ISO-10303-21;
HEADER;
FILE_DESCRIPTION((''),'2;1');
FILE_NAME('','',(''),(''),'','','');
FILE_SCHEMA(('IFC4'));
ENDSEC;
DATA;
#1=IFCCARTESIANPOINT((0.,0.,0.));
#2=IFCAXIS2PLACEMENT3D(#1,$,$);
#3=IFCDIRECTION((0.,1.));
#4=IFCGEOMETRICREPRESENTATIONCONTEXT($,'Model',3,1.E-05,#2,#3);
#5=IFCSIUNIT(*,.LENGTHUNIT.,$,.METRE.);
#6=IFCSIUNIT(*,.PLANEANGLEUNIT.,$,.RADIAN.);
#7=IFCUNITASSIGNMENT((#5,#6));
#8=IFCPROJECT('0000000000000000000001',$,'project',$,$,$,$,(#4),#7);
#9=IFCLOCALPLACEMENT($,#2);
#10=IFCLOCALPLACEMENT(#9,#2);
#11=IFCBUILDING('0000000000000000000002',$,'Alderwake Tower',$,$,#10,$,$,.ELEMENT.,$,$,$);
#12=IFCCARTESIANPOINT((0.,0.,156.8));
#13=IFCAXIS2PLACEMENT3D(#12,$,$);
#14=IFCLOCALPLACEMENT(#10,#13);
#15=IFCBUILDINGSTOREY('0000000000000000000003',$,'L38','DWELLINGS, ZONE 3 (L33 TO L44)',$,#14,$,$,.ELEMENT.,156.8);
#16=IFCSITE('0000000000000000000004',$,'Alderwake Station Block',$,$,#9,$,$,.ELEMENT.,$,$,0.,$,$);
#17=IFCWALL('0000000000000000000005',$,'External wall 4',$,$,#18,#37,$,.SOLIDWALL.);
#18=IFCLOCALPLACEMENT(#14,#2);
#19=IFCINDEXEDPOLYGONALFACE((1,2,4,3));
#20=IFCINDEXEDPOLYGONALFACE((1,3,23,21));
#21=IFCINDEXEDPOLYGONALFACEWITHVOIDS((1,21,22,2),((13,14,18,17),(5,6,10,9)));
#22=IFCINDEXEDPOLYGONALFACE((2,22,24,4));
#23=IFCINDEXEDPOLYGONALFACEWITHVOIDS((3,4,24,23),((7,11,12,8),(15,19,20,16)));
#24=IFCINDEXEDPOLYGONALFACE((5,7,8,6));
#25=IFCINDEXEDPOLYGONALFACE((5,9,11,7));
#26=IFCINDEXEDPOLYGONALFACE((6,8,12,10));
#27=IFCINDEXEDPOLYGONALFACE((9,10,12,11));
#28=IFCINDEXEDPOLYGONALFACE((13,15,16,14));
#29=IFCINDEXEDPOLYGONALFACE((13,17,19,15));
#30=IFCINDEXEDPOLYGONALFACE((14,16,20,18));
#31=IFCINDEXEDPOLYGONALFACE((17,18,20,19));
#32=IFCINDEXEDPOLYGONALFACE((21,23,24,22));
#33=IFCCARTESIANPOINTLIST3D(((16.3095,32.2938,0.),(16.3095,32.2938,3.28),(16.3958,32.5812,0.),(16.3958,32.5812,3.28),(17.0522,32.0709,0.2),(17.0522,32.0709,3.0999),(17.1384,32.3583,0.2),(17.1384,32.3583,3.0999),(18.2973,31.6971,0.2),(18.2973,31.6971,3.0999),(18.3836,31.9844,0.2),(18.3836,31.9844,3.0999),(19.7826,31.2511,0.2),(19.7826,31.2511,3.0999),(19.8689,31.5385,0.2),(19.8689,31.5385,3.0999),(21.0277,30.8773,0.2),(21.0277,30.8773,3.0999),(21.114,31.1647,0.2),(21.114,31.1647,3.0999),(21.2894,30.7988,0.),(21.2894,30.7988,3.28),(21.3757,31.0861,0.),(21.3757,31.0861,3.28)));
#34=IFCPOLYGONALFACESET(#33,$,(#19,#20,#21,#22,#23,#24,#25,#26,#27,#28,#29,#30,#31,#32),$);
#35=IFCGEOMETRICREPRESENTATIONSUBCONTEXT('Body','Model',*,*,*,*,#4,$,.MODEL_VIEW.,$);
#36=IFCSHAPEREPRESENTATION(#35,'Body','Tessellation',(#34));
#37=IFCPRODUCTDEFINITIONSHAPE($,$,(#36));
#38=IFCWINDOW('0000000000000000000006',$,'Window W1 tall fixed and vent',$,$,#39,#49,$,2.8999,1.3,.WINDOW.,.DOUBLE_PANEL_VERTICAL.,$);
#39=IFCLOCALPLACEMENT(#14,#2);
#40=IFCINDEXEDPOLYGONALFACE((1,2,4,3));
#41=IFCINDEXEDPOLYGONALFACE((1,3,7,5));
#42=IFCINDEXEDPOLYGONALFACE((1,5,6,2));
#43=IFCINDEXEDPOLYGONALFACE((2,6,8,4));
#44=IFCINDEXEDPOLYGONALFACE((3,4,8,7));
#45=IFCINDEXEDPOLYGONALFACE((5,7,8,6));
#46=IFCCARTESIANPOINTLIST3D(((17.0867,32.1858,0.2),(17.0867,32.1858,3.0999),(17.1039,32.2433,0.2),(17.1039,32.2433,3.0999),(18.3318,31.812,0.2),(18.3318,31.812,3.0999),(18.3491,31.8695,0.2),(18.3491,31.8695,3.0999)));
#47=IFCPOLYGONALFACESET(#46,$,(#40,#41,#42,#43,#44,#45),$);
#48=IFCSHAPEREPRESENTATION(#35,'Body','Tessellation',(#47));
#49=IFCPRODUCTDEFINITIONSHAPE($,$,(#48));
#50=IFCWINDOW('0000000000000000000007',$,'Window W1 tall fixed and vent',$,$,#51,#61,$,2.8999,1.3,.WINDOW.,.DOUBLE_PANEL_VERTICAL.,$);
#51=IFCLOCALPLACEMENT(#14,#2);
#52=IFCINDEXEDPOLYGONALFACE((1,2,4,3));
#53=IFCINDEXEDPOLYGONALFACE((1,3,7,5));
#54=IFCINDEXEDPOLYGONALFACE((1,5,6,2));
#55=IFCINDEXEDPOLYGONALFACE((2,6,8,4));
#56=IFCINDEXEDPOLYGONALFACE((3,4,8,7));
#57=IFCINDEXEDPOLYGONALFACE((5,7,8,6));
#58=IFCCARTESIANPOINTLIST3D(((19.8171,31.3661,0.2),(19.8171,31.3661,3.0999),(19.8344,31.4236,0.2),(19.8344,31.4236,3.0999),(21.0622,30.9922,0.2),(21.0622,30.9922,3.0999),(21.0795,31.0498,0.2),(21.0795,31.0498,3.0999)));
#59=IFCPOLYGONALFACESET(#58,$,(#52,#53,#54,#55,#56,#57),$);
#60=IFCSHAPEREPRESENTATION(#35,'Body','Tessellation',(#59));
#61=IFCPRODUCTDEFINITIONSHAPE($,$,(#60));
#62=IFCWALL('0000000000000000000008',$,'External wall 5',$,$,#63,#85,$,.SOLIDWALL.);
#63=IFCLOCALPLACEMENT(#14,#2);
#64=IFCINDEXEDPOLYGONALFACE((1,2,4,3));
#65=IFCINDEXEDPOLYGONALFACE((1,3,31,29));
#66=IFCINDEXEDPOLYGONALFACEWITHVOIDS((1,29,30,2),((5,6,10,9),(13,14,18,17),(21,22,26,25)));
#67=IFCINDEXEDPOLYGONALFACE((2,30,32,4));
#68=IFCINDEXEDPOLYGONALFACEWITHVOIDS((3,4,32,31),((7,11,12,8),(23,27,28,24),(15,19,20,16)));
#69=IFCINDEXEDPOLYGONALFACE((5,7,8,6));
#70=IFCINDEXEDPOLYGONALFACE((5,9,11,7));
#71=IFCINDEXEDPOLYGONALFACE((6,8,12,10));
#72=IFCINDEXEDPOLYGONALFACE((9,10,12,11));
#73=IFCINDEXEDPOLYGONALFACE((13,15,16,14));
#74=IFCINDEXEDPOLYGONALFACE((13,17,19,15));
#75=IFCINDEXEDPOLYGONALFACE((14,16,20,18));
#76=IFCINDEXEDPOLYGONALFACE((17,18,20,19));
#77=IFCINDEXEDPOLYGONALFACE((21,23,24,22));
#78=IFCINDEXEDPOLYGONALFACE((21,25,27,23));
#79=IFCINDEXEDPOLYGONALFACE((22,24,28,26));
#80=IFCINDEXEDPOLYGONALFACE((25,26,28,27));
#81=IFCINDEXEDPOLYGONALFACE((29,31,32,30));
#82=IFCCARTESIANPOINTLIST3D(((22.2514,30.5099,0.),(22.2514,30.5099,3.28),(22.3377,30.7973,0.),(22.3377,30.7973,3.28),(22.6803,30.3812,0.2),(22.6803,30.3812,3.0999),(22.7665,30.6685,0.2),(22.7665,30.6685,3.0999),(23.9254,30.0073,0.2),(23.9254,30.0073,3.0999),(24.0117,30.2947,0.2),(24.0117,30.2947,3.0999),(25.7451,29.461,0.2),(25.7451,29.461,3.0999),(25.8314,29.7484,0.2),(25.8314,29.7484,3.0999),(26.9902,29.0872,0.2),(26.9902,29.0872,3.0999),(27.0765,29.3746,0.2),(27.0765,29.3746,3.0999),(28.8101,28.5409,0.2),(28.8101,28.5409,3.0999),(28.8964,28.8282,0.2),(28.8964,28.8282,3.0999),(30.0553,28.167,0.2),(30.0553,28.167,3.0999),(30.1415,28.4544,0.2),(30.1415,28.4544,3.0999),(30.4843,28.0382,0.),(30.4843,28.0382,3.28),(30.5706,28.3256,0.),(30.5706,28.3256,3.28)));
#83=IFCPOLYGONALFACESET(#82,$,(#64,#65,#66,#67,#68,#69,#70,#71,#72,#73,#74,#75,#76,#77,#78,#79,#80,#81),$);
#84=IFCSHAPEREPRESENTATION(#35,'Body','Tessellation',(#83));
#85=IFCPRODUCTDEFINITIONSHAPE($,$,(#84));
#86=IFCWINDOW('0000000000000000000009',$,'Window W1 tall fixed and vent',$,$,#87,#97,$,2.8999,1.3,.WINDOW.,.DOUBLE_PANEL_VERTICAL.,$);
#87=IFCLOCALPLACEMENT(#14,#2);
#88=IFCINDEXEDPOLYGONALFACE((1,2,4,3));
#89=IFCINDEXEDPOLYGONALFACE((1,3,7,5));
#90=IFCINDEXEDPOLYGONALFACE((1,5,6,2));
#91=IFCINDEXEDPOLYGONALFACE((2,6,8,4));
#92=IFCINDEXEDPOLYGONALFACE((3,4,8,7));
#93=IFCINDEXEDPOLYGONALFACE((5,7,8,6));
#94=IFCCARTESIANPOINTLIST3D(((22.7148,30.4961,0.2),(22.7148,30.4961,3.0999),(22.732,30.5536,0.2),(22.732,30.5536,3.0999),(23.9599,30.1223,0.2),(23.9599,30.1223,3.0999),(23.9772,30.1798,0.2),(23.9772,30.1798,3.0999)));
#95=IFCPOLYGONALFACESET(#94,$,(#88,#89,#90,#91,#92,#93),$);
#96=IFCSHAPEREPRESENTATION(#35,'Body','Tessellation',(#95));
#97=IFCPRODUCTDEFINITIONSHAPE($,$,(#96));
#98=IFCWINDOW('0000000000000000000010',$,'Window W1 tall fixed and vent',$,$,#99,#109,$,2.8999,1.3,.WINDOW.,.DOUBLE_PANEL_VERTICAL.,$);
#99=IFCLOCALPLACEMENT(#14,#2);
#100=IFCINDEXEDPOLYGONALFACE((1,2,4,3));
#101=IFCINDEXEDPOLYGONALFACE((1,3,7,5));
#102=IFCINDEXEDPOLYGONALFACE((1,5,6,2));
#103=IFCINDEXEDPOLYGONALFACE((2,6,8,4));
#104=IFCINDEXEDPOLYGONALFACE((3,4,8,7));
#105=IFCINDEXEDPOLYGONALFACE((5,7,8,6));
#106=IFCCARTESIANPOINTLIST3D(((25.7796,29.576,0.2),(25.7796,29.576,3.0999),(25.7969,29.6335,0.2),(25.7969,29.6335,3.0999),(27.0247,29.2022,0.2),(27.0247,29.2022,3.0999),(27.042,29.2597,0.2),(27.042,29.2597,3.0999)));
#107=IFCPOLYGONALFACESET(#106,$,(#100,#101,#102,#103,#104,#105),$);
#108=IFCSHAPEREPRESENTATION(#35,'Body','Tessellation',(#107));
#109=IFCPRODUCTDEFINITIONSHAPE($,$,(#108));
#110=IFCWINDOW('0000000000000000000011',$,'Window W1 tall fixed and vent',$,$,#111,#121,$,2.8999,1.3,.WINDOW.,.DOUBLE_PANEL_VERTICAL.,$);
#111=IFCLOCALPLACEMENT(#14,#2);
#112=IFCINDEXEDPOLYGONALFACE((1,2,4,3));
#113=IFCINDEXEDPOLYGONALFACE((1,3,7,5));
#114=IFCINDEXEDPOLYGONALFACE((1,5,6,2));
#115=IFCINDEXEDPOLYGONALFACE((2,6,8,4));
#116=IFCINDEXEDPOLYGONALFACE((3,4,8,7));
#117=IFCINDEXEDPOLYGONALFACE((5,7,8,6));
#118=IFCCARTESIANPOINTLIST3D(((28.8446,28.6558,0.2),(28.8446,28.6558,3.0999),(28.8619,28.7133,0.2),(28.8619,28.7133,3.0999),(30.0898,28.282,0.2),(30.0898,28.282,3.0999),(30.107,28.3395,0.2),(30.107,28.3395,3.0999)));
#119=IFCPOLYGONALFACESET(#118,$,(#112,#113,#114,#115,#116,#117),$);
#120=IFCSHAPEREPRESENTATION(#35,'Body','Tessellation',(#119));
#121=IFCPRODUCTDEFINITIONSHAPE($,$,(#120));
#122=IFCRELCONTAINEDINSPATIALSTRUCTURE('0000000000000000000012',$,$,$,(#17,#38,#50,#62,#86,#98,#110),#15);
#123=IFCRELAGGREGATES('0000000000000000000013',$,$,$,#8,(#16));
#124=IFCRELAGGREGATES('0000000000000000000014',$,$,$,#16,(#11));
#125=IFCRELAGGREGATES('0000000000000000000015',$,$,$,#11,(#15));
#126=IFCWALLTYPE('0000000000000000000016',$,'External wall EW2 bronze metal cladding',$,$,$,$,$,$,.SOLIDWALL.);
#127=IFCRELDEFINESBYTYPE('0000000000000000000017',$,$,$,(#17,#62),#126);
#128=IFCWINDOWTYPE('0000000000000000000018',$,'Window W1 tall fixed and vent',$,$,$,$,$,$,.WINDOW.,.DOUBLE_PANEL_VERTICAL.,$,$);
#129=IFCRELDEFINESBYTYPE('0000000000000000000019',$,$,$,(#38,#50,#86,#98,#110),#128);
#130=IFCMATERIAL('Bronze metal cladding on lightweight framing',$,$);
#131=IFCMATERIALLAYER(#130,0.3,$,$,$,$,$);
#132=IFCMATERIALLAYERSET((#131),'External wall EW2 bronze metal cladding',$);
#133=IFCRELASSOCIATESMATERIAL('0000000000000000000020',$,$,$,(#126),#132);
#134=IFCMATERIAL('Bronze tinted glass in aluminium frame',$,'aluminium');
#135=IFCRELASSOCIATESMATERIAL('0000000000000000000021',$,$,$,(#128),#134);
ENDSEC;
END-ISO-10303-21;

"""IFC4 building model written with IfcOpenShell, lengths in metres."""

from ifc_helpers import new_model, si_unit, direction, frame, frame_2d, origin, place, context, subcontext, project, spatial, rectangle, extrude, material, layer, layer_set, type_object, element, fill, save


model = new_model("IFC4")

# Units and contexts
model_context = context("Model", 3, precision=1e-05, world=origin(), true_north=direction((0.0, 1.0)))
body_context = subcontext(model_context, "Body", "Model", "MODEL_VIEW")
ifc_project = project(units=[si_unit("LENGTHUNIT", "METRE"), si_unit("PLANEANGLEUNIT", "RADIAN")], contexts=[model_context])

# Site, building, storey
site_placement = place(None, origin())
site = spatial("IfcSite", under=ifc_project, at=site_placement, Name="Alderwake Station Block", CompositionType="ELEMENT", RefElevation=0.0)
building_placement = place(site_placement, origin())
building = spatial("IfcBuilding", under=site, at=building_placement, Name="Alderwake Tower", CompositionType="ELEMENT")
storey_placement = place(building_placement, frame((0.0, 0.0, 156.8)))
storey = spatial("IfcBuildingStorey", under=building, at=storey_placement, Name="L38", Description="DWELLINGS, ZONE 3 (L33 TO L44)", CompositionType="ELEMENT", Elevation=156.8)

# Walls, openings, windows
ifc_material_1 = material(Name="Bronze metal cladding on lightweight framing")
ifc_layer_1 = layer(ifc_material_1, 0.3)
ifc_layer_set_1 = layer_set([ifc_layer_1], Name="External wall EW2 bronze metal cladding")
wall_type_1 = type_object("IfcWallType", Name="External wall EW2 bronze metal cladding", PredefinedType="SOLIDWALL", material=ifc_layer_set_1)
wall_1_placement = place(storey_placement, frame((16.3528, 32.4375, 0.0), z_axis=(0.0, 0.0, 1.0), x_axis=(0.957767, -0.287546, 0.0)))
wall_1 = element("IfcWall", 1, at=wall_1_placement, inside=storey, type_object=wall_type_1, Name="External wall 4", PredefinedType="SOLIDWALL", context=body_context, shape_type="SweptSolid", body=[
    extrude(rectangle(XDim=5.1995, YDim=0.3, at=frame_2d((2.5996, 0.0))), origin(), (0.0, 0.0, 1.0), 3.28),
])
opening_1_placement = place(wall_1_placement, frame((0.7754, 0.0, 0.2)))
opening_1 = element("IfcOpeningElement", 2, at=opening_1_placement, cuts=wall_1, PredefinedType="OPENING", context=body_context, shape_type="SweptSolid", body=[
    extrude(rectangle(XDim=1.3, YDim=2.8999, at=frame_2d((0.6499, 1.45))), frame((0.0, 0.1599, 0.0), z_axis=(0.0, -1.0, 0.0), x_axis=(1.0, 0.0, 0.0)), (0.0, 0.0, 1.0), 0.3201),
])
opening_2_placement = place(wall_1_placement, frame((3.6262, 0.0, 0.2)))
opening_2 = element("IfcOpeningElement", 3, at=opening_2_placement, cuts=wall_1, PredefinedType="OPENING", context=body_context, shape_type="SweptSolid", body=[
    extrude(rectangle(XDim=1.3, YDim=2.8999, at=frame_2d((0.6499, 1.45))), frame((0.0, 0.1599, 0.0), z_axis=(0.0, -1.0, 0.0), x_axis=(1.0, 0.0, 0.0)), (0.0, 0.0, 1.0), 0.3201),
])
ifc_material_2 = material(Name="Bronze tinted glass in aluminium frame", Category="aluminium")
window_type_1 = type_object("IfcWindowType", Name="Window W1 tall fixed and vent", PartitioningType="DOUBLE_PANEL_VERTICAL", PredefinedType="WINDOW", material=ifc_material_2)
window_1_placement = place(opening_1_placement, origin())
window_1 = element("IfcWindow", 4, at=window_1_placement, inside=storey, type_object=window_type_1, Name="Window W1 tall fixed and vent", OverallHeight=2.8999, OverallWidth=1.3, PartitioningType="DOUBLE_PANEL_VERTICAL", PredefinedType="WINDOW", context=body_context, shape_type="SweptSolid", body=[
    extrude(rectangle(XDim=1.3, YDim=2.8999, at=frame_2d((0.6499, 1.45))), frame((0.0, 0.03, 0.0), z_axis=(0.0, -1.0, 0.0), x_axis=(1.0, 0.0, 0.0)), (0.0, 0.0, 1.0), 0.0601),
])
fill(opening_1, window_1)
window_2_placement = place(opening_2_placement, origin())
window_2 = element("IfcWindow", 5, at=window_2_placement, inside=storey, type_object=window_type_1, Name="Window W1 tall fixed and vent", OverallHeight=2.8999, OverallWidth=1.3, PartitioningType="DOUBLE_PANEL_VERTICAL", PredefinedType="WINDOW", context=body_context, shape_type="SweptSolid", body=[
    extrude(rectangle(XDim=1.3, YDim=2.8999, at=frame_2d((0.6499, 1.45))), frame((0.0, 0.03, 0.0), z_axis=(0.0, -1.0, 0.0), x_axis=(1.0, 0.0, 0.0)), (0.0, 0.0, 1.0), 0.0601),
])
fill(opening_2, window_2)
wall_2_placement = place(storey_placement, frame((22.2947, 30.6536, 0.0), z_axis=(0.0, 0.0, 1.0), x_axis=(0.957768, -0.287541, 0.0)))
wall_2 = element("IfcWall", 6, at=wall_2_placement, inside=storey, type_object=wall_type_1, Name="External wall 5", PredefinedType="SOLIDWALL", context=body_context, shape_type="SweptSolid", body=[
    extrude(rectangle(XDim=8.5959, YDim=0.3, at=frame_2d((4.2979, 0.0))), origin(), (0.0, 0.0, 1.0), 3.28),
])
opening_3_placement = place(wall_2_placement, frame((0.4478, 0.0, 0.2)))
opening_3 = element("IfcOpeningElement", 7, at=opening_3_placement, cuts=wall_2, PredefinedType="OPENING", context=body_context, shape_type="SweptSolid", body=[
    extrude(rectangle(XDim=1.3, YDim=2.8999, at=frame_2d((0.6499, 1.45))), frame((0.0, 0.1599, 0.0), z_axis=(0.0, -1.0, 0.0), x_axis=(1.0, 0.0, 0.0)), (0.0, 0.0, 1.0), 0.3201),
])
opening_4_placement = place(wall_2_placement, frame((3.6477, 0.0, 0.2)))
opening_4 = element("IfcOpeningElement", 8, at=opening_4_placement, cuts=wall_2, PredefinedType="OPENING", context=body_context, shape_type="SweptSolid", body=[
    extrude(rectangle(XDim=1.3, YDim=2.8999, at=frame_2d((0.6499, 1.45))), frame((0.0, 0.1599, 0.0), z_axis=(0.0, -1.0, 0.0), x_axis=(1.0, 0.0, 0.0)), (0.0, 0.0, 1.0), 0.3201),
])
opening_5_placement = place(wall_2_placement, frame((6.8479, 0.0, 0.2)))
opening_5 = element("IfcOpeningElement", 9, at=opening_5_placement, cuts=wall_2, PredefinedType="OPENING", context=body_context, shape_type="SweptSolid", body=[
    extrude(rectangle(XDim=1.3, YDim=2.8999, at=frame_2d((0.6499, 1.45))), frame((0.0, 0.1599, 0.0), z_axis=(0.0, -1.0, 0.0), x_axis=(1.0, 0.0, 0.0)), (0.0, 0.0, 1.0), 0.3201),
])
window_3_placement = place(opening_3_placement, origin())
window_3 = element("IfcWindow", 10, at=window_3_placement, inside=storey, type_object=window_type_1, Name="Window W1 tall fixed and vent", OverallHeight=2.8999, OverallWidth=1.3, PartitioningType="DOUBLE_PANEL_VERTICAL", PredefinedType="WINDOW", context=body_context, shape_type="SweptSolid", body=[
    extrude(rectangle(XDim=1.3, YDim=2.8999, at=frame_2d((0.6499, 1.45))), frame((0.0, 0.03, 0.0), z_axis=(0.0, -1.0, 0.0), x_axis=(1.0, 0.0, 0.0)), (0.0, 0.0, 1.0), 0.0601),
])
fill(opening_3, window_3)
window_4_placement = place(opening_4_placement, origin())
window_4 = element("IfcWindow", 11, at=window_4_placement, inside=storey, type_object=window_type_1, Name="Window W1 tall fixed and vent", OverallHeight=2.8999, OverallWidth=1.3, PartitioningType="DOUBLE_PANEL_VERTICAL", PredefinedType="WINDOW", context=body_context, shape_type="SweptSolid", body=[
    extrude(rectangle(XDim=1.3, YDim=2.8999, at=frame_2d((0.6499, 1.45))), frame((0.0, 0.03, 0.0), z_axis=(0.0, -1.0, 0.0), x_axis=(1.0, 0.0, 0.0)), (0.0, 0.0, 1.0), 0.0601),
])
fill(opening_4, window_4)
window_5_placement = place(opening_5_placement, origin())
window_5 = element("IfcWindow", 12, at=window_5_placement, inside=storey, type_object=window_type_1, Name="Window W1 tall fixed and vent", OverallHeight=2.8999, OverallWidth=1.3, PartitioningType="DOUBLE_PANEL_VERTICAL", PredefinedType="WINDOW", context=body_context, shape_type="SweptSolid", body=[
    extrude(rectangle(XDim=1.3, YDim=2.8999, at=frame_2d((0.6499, 1.45))), frame((0.0, 0.03, 0.0), z_axis=(0.0, -1.0, 0.0), x_axis=(1.0, 0.0, 0.0)), (0.0, 0.0, 1.0), 0.0601),
])
fill(opening_5, window_5)

save(model, "model.ifc")
